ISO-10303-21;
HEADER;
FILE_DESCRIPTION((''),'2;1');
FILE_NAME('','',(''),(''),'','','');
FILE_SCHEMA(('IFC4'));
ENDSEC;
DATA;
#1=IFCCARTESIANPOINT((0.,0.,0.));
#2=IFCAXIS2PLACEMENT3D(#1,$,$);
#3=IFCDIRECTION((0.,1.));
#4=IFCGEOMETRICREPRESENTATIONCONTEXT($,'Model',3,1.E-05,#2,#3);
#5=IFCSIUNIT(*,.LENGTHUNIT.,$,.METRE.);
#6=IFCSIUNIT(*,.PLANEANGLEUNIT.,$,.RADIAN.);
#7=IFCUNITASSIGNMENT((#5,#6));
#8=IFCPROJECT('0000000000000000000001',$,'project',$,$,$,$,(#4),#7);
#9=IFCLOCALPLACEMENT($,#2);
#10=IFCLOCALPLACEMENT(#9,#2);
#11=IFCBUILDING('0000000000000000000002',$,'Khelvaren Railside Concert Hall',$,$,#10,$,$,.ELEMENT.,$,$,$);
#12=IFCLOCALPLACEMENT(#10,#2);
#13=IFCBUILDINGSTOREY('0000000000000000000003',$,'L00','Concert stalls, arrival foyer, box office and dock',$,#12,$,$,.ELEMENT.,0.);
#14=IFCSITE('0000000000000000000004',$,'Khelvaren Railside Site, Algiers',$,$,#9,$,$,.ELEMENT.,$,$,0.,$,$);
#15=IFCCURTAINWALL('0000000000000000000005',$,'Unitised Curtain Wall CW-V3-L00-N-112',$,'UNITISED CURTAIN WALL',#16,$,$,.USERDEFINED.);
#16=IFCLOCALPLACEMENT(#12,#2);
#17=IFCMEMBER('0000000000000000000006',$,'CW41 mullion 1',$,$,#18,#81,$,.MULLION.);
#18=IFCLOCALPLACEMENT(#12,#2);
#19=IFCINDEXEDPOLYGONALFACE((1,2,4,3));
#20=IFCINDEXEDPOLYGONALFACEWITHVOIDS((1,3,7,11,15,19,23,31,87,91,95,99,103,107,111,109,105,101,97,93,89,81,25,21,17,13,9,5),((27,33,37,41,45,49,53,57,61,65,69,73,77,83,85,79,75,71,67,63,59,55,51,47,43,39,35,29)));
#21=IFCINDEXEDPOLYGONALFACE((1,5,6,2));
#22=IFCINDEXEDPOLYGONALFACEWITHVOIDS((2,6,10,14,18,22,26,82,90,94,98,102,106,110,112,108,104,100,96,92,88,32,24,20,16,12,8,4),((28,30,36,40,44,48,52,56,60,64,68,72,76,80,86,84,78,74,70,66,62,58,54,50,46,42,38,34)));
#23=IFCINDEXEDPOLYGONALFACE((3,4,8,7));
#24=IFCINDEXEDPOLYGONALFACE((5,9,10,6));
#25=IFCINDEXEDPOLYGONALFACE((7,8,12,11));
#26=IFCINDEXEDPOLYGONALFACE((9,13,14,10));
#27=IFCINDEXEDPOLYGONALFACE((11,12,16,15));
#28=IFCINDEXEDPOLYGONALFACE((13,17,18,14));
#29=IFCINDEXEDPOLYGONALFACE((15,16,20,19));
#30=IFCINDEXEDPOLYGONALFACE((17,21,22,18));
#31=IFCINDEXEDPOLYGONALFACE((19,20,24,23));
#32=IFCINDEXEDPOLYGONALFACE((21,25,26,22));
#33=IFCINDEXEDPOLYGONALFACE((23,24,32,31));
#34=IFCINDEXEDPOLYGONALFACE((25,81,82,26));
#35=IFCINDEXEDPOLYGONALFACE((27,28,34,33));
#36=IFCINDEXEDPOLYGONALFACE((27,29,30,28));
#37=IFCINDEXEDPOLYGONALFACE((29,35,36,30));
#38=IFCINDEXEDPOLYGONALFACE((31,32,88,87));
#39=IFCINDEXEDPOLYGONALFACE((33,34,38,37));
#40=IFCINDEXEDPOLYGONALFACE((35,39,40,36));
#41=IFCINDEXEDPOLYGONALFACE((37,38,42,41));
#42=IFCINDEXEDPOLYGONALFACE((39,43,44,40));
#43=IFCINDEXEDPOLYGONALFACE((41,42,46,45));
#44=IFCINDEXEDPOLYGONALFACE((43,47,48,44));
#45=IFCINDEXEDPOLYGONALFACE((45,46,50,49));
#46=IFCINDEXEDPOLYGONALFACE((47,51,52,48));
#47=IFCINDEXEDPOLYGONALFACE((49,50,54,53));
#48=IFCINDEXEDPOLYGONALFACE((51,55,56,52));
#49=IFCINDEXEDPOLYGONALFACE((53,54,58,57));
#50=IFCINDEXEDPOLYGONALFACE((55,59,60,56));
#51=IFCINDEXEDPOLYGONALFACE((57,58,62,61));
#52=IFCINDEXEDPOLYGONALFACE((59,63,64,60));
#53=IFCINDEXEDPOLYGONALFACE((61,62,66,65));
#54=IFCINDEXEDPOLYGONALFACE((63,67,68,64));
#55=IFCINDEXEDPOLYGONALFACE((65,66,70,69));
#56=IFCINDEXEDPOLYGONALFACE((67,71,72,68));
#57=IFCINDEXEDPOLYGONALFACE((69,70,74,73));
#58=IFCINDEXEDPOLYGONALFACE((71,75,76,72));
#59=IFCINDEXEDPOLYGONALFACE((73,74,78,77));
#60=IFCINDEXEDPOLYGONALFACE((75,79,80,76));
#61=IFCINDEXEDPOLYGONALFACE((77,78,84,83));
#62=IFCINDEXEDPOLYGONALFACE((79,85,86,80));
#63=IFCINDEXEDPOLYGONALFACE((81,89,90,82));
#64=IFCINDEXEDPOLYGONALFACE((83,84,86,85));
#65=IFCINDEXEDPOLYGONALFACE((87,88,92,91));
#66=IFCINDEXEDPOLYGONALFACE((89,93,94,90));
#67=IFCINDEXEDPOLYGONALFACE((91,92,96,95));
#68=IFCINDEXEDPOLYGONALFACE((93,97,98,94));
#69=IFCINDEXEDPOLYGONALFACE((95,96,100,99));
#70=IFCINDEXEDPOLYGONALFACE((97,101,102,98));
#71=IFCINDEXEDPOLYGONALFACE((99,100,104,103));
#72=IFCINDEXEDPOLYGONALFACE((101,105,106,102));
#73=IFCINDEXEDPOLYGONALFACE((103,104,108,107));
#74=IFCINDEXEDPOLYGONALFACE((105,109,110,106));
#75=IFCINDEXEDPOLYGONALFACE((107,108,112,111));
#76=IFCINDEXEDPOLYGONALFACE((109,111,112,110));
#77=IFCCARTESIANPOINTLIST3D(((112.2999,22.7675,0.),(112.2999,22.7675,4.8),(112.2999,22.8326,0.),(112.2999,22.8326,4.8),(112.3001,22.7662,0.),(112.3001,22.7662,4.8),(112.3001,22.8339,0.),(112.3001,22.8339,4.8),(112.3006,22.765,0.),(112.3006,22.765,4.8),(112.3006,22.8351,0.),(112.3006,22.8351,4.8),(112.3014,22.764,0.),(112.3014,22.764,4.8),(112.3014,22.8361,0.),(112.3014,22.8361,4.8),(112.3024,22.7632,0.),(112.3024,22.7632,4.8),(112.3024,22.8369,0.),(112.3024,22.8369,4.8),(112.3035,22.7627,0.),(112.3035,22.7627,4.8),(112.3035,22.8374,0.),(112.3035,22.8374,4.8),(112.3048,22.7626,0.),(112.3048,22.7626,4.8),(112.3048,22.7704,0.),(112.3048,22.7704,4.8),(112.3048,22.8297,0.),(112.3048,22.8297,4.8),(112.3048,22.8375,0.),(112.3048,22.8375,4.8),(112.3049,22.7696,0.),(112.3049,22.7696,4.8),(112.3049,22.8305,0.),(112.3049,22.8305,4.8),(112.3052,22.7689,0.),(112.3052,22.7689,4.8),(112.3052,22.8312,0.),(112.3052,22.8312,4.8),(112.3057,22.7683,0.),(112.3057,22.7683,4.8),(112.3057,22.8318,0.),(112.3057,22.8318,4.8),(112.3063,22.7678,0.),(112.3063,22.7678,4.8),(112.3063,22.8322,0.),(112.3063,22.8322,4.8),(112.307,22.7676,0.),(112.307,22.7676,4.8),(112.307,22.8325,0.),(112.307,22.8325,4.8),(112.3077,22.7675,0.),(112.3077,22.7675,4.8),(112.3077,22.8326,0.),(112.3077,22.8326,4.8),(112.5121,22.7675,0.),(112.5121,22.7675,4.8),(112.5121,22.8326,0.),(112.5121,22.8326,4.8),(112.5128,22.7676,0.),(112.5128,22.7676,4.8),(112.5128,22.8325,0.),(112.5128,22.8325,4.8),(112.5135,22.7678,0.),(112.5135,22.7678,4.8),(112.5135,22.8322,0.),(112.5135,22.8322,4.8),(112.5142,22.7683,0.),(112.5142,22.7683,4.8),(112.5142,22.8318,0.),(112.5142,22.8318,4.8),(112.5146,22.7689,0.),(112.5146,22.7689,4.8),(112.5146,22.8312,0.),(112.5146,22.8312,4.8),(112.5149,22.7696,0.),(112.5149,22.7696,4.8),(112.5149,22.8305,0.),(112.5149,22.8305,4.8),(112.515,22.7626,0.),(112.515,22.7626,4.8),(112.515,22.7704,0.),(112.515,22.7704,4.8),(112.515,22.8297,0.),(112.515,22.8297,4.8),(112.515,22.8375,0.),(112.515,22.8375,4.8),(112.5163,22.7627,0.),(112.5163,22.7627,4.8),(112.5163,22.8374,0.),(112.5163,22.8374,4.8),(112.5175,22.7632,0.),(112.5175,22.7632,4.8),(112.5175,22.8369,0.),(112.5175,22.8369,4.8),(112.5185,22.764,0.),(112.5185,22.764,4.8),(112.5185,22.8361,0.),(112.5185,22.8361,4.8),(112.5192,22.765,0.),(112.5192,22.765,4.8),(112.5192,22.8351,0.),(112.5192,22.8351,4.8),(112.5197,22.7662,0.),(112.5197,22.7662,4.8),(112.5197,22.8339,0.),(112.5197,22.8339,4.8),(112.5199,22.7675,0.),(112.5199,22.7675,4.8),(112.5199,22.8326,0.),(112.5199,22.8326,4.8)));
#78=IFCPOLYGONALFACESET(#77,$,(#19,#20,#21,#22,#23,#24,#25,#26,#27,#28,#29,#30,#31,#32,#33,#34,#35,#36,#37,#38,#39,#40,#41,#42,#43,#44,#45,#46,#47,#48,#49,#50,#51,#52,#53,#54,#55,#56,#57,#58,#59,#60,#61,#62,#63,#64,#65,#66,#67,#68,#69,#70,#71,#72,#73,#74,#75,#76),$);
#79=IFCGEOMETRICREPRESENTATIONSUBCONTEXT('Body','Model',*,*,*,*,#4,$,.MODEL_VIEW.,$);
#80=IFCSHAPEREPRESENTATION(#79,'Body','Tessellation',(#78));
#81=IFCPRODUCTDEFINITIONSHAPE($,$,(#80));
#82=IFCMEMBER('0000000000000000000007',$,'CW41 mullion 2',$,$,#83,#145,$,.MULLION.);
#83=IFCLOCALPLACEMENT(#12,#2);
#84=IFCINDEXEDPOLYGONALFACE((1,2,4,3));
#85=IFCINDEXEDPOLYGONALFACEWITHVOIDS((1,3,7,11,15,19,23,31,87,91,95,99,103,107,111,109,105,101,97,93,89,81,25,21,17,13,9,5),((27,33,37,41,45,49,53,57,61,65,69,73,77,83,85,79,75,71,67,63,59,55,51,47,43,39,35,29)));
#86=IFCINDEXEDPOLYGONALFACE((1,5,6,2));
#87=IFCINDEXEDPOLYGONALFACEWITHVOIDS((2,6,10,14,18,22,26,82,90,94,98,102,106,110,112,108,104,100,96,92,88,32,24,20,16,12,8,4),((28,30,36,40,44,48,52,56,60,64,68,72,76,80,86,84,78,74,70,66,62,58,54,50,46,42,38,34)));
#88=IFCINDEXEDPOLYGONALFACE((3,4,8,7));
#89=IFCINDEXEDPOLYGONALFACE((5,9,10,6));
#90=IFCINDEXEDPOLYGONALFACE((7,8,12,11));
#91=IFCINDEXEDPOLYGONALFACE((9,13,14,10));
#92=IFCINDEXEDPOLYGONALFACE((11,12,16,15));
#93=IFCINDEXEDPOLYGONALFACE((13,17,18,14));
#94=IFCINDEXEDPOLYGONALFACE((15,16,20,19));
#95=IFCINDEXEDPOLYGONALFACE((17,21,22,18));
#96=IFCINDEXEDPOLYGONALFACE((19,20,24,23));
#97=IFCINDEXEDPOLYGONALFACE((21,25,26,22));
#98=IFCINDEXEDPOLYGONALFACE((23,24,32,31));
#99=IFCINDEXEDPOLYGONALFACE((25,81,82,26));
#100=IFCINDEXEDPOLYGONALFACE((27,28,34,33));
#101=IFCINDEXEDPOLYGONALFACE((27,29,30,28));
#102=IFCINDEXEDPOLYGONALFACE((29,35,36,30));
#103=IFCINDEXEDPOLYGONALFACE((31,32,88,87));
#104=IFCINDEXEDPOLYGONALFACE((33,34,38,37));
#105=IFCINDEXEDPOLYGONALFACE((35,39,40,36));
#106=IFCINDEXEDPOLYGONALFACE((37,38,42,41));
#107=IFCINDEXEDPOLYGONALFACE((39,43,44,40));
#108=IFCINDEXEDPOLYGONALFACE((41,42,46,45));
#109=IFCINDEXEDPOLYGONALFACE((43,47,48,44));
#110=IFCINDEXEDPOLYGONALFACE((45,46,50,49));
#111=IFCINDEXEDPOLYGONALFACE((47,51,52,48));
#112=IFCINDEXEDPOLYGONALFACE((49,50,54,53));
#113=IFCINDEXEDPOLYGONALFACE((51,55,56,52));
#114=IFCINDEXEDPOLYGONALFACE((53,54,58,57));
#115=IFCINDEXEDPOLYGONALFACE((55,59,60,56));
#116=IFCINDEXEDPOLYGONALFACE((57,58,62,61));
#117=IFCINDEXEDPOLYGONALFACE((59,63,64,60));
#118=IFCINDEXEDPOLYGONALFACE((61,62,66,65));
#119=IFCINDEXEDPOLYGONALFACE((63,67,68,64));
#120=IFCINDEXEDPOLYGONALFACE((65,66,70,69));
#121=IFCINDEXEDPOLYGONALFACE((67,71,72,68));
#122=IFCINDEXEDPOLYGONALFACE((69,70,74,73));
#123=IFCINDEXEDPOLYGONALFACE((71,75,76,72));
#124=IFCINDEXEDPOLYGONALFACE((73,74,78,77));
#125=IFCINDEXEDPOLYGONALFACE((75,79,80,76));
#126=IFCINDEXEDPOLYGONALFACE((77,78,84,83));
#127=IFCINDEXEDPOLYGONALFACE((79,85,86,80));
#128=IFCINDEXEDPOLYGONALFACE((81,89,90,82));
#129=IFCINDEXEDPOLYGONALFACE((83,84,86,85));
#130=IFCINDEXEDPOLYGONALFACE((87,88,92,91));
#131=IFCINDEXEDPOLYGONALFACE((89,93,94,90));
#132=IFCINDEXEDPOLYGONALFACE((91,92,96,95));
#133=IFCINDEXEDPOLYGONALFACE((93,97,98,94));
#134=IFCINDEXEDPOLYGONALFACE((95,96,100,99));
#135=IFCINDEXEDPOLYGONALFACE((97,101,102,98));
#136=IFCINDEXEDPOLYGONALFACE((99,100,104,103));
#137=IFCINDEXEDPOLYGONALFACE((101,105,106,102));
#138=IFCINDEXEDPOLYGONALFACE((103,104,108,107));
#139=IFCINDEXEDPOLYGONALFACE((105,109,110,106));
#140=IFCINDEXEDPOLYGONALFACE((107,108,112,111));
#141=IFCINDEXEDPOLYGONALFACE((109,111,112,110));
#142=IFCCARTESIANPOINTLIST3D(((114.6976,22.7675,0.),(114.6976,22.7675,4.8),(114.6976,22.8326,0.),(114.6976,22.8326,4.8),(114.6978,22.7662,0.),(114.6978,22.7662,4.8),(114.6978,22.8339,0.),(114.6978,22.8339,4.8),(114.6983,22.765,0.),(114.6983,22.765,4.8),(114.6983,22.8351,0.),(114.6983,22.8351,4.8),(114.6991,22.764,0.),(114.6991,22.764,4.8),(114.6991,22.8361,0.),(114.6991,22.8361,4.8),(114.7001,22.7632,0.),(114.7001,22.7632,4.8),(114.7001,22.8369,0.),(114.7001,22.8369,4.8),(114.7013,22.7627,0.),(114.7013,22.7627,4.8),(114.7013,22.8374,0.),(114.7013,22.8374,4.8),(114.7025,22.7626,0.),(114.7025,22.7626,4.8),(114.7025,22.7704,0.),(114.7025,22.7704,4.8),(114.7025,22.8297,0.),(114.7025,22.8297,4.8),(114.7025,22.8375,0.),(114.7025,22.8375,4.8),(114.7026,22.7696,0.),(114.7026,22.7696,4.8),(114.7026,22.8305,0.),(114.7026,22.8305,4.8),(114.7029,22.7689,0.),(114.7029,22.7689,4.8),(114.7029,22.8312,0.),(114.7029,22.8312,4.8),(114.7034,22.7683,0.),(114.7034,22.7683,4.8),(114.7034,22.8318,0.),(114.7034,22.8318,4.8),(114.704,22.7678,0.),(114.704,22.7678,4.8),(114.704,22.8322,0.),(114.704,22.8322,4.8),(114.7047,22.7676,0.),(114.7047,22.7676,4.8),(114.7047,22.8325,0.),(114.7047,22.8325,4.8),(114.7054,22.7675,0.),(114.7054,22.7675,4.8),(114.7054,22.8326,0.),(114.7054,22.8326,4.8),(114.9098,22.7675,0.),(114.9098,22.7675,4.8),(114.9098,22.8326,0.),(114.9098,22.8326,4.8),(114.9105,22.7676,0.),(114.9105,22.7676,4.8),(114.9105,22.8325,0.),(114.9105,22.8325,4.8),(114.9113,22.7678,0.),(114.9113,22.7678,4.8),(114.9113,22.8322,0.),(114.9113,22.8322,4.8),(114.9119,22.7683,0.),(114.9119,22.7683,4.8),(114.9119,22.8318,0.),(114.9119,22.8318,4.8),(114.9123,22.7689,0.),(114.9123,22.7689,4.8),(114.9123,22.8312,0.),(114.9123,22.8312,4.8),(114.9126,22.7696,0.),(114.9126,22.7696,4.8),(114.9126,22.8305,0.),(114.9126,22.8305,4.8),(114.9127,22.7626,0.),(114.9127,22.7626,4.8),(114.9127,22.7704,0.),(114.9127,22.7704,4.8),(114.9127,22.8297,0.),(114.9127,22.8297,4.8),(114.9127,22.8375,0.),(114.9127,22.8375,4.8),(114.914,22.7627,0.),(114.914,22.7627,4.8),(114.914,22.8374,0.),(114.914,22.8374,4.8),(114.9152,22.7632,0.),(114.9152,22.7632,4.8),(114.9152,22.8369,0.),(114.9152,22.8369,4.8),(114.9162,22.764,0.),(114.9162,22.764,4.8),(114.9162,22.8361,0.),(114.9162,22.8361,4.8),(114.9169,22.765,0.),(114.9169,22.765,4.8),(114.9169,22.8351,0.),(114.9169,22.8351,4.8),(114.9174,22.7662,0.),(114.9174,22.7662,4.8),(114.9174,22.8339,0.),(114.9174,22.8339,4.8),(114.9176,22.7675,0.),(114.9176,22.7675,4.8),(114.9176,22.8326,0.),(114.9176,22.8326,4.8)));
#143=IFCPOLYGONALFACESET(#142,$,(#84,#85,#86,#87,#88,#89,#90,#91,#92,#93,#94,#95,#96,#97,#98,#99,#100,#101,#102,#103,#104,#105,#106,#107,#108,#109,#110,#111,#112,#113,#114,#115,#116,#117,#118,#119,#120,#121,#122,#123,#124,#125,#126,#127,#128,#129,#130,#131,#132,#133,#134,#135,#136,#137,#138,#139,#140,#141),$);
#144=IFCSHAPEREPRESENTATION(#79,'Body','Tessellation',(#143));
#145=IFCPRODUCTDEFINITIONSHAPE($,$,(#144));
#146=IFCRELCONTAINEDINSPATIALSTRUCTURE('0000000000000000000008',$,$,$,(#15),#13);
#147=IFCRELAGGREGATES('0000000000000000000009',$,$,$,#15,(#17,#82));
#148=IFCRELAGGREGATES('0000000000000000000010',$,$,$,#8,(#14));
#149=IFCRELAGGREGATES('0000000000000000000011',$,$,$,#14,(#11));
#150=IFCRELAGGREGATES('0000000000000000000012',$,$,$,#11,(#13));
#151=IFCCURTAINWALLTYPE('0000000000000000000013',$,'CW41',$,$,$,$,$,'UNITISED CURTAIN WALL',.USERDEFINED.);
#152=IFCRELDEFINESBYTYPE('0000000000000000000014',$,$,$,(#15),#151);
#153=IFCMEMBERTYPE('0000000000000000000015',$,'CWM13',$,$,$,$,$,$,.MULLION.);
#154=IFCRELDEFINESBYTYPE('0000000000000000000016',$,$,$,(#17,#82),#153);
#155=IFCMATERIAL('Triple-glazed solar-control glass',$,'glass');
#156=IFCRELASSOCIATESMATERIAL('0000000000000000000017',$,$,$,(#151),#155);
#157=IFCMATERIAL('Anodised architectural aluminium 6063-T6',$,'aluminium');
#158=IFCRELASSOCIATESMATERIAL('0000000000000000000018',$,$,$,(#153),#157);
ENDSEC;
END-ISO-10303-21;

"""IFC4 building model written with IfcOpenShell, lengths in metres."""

from ifc_helpers import new_model, si_unit, direction, frame, origin, origin_2d, place, context, subcontext, project, spatial, hollow_rectangle, extrude, material, material_profile, profile_set, type_object, element, aggregate, save


model = new_model("IFC4")

# Units and contexts
model_context = context("Model", 3, precision=1e-05, world=origin(), true_north=direction((0.0, 1.0)))
body_context = subcontext(model_context, "Body", "Model", "MODEL_VIEW")
ifc_project = project(units=[si_unit("LENGTHUNIT", "METRE"), si_unit("PLANEANGLEUNIT", "RADIAN")], contexts=[model_context])

# Site, building, storey
site_placement = place(None, origin())
site = spatial("IfcSite", under=ifc_project, at=site_placement, Name="Khelvaren Railside Site, Algiers", CompositionType="ELEMENT", RefElevation=0.0)
building_placement = place(site_placement, origin())
building = spatial("IfcBuilding", under=site, at=building_placement, Name="Khelvaren Railside Concert Hall", CompositionType="ELEMENT")
storey_placement = place(building_placement, origin())
storey = spatial("IfcBuildingStorey", under=building, at=storey_placement, Name="L00", Description="Concert stalls, arrival foyer, box office and dock", CompositionType="ELEMENT", Elevation=0.0)

# Curtain wall, members
ifc_material_1 = material(Name="Triple-glazed solar-control glass", Category="glass")
curtain_wall_type = type_object("IfcCurtainWallType", Name="CW41", ElementType="UNITISED CURTAIN WALL", PredefinedType="USERDEFINED", material=ifc_material_1)
curtain_wall_placement = place(storey_placement, origin())
curtain_wall = element("IfcCurtainWall", 1, at=curtain_wall_placement, inside=storey, type_object=curtain_wall_type, Name="Unitised Curtain Wall CW-V3-L00-N-112", ObjectType="UNITISED CURTAIN WALL", PredefinedType="USERDEFINED")
ifc_material_2 = material(Name="Anodised architectural aluminium 6063-T6", Category="aluminium")
ifc_material_profile_1 = material_profile(ifc_material_2, hollow_rectangle(XDim=0.075, YDim=0.22, WallThickness=0.0049, InnerFilletRadius=0.0029, OuterFilletRadius=0.0049, at=origin_2d()), Name="CWM 75x220x5")
ifc_profile_set_1 = profile_set([ifc_material_profile_1], Name="Anodised architectural aluminium 6063-T6")
member_type_1 = type_object("IfcMemberType", Name="CWM13", PredefinedType="MULLION", material=ifc_profile_set_1)
member_1_placement = place(storey_placement, frame((112.4099, 22.8, 0.0), z_axis=(0.0, 0.0, 1.0), x_axis=(0.0, 1.0, 0.0)))
member_1 = element("IfcMember", 2, at=member_1_placement, type_object=member_type_1, Name="CW41 mullion 1", PredefinedType="MULLION", context=body_context, shape_type="SweptSolid", body=[
    extrude(hollow_rectangle(XDim=0.075, YDim=0.22, WallThickness=0.0049, InnerFilletRadius=0.0029, OuterFilletRadius=0.0049, at=origin_2d()), origin(), (0.0, 0.0, 1.0), 4.8),
])
member_2_placement = place(storey_placement, frame((114.8076, 22.8, 0.0), z_axis=(0.0, 0.0, 1.0), x_axis=(0.0, 1.0, 0.0)))
member_2 = element("IfcMember", 3, at=member_2_placement, type_object=member_type_1, Name="CW41 mullion 2", PredefinedType="MULLION", context=body_context, shape_type="SweptSolid", body=[
    extrude(hollow_rectangle(XDim=0.075, YDim=0.22, WallThickness=0.0049, InnerFilletRadius=0.0029, OuterFilletRadius=0.0049, at=origin_2d()), origin(), (0.0, 0.0, 1.0), 4.8),
])

aggregate(curtain_wall, [member_1, member_2])

save(model, "model.ifc")
